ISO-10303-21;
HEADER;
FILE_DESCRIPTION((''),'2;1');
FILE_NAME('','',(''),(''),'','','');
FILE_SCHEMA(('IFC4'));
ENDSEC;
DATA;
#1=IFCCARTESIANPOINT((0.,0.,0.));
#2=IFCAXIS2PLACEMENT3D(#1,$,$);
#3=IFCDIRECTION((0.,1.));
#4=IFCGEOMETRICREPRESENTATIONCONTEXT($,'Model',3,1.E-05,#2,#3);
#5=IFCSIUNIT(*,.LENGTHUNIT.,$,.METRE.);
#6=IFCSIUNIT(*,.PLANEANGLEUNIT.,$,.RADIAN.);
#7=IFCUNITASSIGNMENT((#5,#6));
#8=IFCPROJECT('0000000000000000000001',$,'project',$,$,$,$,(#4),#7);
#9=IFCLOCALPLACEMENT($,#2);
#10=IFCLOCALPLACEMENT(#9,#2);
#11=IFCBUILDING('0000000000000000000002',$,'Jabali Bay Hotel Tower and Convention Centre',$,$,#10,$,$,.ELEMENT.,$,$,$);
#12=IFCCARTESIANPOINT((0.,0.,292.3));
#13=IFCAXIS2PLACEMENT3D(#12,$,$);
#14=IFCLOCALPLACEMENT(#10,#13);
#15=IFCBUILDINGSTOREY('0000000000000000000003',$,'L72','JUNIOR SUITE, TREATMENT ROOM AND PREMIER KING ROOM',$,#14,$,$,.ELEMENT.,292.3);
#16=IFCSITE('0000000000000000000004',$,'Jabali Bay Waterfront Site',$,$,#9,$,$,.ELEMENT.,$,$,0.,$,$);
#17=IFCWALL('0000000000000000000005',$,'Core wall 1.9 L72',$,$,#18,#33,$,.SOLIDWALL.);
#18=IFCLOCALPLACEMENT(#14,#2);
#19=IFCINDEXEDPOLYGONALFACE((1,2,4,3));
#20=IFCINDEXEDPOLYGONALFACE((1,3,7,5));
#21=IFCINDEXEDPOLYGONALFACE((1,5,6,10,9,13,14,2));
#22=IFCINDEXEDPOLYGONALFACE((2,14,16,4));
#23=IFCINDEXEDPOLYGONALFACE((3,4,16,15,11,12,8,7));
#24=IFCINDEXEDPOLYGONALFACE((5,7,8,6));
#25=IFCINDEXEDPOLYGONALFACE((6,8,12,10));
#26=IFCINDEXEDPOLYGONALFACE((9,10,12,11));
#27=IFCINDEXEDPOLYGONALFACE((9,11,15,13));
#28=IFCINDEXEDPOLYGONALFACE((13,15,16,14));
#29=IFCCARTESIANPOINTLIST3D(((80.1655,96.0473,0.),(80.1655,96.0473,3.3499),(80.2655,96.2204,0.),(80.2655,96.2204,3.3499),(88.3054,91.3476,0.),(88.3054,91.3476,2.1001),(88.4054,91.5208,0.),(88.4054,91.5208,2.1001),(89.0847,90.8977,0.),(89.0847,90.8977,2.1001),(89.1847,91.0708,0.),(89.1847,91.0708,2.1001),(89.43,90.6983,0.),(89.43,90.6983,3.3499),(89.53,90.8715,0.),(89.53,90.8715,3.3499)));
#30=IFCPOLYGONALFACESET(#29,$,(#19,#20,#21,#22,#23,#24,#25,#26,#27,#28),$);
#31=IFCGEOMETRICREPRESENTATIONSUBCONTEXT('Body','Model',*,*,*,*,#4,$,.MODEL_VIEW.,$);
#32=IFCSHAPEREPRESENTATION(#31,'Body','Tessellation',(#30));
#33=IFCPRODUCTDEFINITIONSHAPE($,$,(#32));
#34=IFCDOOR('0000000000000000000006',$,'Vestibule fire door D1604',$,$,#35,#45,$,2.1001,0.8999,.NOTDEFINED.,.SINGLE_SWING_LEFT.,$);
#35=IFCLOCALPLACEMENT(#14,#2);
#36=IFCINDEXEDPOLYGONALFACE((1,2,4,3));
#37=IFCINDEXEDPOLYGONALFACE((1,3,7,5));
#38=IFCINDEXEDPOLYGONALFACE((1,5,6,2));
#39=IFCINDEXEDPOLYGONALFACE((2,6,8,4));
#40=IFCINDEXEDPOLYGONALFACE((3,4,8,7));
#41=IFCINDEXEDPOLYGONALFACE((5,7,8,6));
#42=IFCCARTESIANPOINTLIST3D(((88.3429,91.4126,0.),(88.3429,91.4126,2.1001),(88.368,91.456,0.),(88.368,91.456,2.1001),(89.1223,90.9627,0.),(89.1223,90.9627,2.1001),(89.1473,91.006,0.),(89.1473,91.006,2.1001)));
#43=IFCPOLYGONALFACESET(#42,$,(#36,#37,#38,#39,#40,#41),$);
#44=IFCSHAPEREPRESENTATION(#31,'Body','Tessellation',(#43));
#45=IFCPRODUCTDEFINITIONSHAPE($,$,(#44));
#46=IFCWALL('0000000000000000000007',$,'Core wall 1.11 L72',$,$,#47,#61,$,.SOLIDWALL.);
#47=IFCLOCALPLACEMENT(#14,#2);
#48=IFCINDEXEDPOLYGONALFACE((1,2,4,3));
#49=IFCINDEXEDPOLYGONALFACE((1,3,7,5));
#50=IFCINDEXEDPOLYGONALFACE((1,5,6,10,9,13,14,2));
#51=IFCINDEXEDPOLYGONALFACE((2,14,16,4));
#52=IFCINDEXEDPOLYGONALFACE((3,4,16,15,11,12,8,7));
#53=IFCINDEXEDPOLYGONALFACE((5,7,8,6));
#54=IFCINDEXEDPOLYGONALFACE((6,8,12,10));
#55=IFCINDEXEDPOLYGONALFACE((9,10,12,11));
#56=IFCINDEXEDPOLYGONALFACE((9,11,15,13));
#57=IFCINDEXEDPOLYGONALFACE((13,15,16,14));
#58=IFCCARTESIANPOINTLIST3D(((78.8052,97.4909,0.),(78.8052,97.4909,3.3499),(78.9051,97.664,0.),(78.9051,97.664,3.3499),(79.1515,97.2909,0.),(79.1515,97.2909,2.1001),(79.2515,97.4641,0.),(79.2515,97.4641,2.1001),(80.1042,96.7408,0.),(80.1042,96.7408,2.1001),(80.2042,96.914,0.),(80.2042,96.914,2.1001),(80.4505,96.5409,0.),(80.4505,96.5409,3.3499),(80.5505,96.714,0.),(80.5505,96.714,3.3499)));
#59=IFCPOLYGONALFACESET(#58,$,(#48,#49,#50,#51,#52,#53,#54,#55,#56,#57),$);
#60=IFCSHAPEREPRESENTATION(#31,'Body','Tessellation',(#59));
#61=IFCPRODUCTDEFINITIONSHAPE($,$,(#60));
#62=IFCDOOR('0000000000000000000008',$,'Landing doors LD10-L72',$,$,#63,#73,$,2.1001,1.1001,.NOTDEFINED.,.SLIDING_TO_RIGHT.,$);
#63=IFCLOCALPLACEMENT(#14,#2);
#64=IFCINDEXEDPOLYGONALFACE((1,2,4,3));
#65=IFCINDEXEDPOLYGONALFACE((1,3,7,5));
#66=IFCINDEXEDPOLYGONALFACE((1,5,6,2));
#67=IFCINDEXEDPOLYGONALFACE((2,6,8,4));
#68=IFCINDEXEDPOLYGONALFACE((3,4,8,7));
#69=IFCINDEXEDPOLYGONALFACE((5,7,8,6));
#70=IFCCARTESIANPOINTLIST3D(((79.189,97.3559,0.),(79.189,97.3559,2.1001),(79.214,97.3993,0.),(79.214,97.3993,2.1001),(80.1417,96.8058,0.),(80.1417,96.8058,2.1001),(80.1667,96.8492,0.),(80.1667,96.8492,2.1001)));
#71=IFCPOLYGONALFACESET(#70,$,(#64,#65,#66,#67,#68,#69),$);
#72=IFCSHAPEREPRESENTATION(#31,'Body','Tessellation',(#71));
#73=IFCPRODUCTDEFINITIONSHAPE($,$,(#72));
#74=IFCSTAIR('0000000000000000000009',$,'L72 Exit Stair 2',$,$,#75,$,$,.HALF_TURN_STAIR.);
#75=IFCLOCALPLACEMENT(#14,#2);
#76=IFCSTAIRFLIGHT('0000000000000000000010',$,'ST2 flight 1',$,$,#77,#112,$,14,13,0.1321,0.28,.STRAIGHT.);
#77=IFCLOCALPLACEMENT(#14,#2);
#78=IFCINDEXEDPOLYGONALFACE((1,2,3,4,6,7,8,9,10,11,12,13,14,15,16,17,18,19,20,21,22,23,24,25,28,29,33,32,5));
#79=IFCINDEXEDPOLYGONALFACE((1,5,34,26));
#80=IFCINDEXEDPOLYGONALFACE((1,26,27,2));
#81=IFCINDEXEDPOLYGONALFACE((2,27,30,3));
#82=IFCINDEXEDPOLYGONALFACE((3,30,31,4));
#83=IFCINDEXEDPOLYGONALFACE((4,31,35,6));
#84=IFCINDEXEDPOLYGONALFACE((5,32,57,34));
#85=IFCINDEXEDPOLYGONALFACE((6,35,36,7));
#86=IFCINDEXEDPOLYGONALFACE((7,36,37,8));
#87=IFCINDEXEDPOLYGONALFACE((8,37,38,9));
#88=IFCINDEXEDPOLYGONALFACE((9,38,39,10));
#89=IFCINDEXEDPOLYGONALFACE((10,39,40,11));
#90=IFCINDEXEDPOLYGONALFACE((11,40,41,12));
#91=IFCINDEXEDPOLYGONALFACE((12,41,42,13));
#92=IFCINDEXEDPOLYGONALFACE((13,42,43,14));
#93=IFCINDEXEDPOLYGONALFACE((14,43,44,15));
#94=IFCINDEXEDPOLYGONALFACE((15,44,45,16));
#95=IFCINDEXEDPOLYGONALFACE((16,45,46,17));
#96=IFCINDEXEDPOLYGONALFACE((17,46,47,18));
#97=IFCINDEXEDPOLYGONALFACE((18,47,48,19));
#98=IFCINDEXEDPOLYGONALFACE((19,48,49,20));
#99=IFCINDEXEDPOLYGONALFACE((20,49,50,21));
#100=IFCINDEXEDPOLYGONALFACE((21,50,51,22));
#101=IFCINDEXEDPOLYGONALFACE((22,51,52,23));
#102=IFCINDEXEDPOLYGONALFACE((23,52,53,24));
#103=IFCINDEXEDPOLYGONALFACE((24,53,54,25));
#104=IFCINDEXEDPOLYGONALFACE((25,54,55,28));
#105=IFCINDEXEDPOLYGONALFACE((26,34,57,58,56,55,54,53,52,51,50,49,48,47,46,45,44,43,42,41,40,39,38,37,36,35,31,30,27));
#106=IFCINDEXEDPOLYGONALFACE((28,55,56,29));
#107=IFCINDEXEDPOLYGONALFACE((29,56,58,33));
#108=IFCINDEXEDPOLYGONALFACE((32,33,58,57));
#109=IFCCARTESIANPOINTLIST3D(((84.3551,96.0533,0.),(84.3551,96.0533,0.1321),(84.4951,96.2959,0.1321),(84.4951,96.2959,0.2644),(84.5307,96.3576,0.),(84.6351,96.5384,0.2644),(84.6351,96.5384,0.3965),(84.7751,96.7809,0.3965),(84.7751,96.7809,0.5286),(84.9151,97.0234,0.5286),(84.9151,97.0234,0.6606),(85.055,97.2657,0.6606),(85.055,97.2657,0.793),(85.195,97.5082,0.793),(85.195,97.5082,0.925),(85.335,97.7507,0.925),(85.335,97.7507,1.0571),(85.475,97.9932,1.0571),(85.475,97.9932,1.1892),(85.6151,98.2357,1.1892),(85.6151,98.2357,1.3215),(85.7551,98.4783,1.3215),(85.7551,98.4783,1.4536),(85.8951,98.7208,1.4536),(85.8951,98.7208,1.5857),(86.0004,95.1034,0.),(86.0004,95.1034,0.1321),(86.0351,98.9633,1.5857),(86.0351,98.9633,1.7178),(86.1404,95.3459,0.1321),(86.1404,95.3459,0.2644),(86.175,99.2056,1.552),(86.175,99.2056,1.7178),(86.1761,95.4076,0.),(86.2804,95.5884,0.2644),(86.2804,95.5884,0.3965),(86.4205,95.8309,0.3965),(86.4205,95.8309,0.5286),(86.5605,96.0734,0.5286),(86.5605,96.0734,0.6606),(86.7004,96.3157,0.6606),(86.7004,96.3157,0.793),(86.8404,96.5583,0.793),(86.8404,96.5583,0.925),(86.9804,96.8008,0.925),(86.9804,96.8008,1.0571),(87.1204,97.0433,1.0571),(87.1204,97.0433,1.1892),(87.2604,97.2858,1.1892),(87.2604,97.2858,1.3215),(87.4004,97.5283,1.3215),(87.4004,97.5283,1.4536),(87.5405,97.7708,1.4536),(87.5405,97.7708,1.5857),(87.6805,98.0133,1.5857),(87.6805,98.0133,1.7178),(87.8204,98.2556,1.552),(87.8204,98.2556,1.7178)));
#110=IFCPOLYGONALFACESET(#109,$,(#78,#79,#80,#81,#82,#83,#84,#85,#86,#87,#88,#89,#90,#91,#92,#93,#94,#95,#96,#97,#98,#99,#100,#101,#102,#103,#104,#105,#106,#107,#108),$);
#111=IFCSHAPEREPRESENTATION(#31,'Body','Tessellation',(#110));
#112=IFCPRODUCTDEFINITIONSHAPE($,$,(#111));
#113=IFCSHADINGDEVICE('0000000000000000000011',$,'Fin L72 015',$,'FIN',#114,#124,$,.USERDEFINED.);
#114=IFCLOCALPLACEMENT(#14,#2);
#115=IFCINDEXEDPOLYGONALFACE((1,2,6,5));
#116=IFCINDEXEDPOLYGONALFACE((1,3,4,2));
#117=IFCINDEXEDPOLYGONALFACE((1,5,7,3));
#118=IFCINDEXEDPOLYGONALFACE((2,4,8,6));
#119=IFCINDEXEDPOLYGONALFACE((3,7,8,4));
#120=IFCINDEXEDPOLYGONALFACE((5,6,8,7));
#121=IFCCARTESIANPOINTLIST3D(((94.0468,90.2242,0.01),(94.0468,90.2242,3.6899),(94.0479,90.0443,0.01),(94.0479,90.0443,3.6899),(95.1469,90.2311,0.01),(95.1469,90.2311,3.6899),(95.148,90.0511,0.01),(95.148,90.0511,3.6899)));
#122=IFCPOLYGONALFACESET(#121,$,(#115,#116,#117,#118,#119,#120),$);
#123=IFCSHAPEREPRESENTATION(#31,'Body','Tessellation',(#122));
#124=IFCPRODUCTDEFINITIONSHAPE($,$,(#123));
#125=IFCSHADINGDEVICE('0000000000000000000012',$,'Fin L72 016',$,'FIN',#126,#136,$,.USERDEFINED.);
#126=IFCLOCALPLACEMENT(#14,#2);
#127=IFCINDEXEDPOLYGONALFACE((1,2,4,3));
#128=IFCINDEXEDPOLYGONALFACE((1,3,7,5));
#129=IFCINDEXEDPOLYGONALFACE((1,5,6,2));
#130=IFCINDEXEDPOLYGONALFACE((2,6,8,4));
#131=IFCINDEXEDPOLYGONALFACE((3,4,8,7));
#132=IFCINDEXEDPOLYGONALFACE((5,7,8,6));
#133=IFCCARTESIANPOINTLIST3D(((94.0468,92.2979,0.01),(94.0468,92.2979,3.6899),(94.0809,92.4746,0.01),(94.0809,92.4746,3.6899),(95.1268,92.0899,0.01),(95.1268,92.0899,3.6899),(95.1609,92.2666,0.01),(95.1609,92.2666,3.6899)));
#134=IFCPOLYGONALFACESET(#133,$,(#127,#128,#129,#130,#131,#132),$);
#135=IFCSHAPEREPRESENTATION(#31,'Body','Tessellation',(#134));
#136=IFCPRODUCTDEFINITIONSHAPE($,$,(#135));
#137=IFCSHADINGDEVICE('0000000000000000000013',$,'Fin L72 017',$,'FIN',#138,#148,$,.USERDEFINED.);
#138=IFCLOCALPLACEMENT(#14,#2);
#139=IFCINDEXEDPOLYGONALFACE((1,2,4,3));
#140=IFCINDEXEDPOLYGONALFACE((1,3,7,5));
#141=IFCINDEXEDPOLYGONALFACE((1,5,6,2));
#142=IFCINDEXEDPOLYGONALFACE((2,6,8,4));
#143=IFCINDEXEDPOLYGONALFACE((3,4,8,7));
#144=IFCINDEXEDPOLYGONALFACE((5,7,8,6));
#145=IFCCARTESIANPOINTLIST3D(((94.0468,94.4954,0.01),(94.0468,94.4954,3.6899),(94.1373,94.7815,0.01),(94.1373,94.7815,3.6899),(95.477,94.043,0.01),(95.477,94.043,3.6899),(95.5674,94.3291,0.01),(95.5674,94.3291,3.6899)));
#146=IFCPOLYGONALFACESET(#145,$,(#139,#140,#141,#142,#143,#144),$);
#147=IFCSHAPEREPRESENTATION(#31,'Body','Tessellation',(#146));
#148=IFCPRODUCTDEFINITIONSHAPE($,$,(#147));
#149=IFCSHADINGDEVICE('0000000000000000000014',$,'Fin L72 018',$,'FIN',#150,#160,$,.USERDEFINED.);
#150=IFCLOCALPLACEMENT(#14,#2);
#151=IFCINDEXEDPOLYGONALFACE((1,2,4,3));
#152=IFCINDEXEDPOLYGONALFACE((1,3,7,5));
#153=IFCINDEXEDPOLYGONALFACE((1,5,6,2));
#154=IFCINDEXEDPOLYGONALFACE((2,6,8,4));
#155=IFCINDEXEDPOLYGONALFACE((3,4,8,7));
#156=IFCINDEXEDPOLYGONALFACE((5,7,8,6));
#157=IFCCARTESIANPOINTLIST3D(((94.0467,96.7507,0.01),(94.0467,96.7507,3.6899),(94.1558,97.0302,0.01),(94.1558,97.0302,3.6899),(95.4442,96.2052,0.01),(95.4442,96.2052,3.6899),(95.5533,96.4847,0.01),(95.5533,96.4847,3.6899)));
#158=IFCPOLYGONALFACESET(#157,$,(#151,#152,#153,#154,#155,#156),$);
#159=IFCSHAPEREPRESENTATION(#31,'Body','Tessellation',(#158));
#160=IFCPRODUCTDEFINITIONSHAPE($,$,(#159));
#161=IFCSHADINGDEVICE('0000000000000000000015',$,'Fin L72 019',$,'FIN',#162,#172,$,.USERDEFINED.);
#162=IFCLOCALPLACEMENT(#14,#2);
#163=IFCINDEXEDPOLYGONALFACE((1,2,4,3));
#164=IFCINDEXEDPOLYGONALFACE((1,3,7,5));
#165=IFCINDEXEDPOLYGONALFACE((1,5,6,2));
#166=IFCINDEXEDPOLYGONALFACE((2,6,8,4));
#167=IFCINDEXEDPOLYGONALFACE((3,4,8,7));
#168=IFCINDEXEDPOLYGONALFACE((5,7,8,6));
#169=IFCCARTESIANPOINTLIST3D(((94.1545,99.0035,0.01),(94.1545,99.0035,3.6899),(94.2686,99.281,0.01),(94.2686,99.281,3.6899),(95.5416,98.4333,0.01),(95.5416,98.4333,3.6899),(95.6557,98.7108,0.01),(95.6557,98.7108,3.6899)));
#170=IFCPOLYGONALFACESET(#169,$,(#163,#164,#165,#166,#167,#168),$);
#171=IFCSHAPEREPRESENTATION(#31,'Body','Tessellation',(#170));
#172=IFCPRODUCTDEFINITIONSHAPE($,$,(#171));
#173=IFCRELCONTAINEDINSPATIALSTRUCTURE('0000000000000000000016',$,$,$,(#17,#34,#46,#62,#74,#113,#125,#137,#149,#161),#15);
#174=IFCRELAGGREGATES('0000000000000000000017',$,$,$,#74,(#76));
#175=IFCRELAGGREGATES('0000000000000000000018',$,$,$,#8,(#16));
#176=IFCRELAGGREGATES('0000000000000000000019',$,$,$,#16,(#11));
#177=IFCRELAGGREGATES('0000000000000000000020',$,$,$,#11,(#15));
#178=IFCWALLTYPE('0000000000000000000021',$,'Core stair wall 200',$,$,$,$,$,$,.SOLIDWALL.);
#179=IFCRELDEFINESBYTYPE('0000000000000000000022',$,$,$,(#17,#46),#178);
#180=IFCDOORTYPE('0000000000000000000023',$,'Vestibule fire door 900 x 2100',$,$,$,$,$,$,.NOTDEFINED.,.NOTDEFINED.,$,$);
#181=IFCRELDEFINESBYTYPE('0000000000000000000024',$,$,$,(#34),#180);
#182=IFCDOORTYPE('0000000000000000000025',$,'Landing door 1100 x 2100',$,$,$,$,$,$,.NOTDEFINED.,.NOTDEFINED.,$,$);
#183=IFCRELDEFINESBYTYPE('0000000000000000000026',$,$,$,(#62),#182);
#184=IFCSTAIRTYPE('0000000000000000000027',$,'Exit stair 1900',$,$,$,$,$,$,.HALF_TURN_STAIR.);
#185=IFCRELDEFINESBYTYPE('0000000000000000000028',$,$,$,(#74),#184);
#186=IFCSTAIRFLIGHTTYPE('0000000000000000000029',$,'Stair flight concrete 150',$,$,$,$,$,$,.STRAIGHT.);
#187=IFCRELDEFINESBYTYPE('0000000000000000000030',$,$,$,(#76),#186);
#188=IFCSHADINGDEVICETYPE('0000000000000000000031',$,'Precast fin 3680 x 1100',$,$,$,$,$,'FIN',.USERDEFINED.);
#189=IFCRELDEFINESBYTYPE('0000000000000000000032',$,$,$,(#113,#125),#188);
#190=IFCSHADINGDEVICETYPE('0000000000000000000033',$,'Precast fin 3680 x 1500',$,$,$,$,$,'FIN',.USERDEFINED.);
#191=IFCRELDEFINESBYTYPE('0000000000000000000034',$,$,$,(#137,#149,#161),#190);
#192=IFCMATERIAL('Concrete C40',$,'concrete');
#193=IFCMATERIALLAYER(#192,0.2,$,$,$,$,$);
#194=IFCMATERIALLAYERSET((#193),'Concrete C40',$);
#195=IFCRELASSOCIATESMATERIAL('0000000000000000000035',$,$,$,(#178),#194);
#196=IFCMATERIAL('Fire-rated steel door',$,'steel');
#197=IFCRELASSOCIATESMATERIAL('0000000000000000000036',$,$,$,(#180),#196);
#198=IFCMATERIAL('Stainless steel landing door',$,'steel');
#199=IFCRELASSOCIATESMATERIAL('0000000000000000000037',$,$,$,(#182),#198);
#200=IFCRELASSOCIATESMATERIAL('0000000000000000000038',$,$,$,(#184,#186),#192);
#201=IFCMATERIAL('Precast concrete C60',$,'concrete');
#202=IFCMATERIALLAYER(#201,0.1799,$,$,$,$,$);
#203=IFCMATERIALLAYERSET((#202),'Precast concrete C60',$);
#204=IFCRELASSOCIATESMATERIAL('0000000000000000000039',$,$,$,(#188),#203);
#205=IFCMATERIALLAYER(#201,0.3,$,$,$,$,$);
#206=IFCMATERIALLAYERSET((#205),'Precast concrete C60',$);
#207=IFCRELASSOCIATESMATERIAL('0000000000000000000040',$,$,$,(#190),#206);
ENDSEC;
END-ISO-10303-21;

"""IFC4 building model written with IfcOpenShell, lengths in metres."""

from ifc_helpers import new_model, si_unit, direction, frame, frame_2d, origin, place, context, subcontext, project, spatial, polyline, rectangle, outline, extrude, material, layer, layer_set, type_object, element, fill, aggregate, save


model = new_model("IFC4")

# Units and contexts
model_context = context("Model", 3, precision=1e-05, world=origin(), true_north=direction((0.0, 1.0)))
body_context = subcontext(model_context, "Body", "Model", "MODEL_VIEW")
ifc_project = project(units=[si_unit("LENGTHUNIT", "METRE"), si_unit("PLANEANGLEUNIT", "RADIAN")], contexts=[model_context])

# Site, building, storey
site_placement = place(None, origin())
site = spatial("IfcSite", under=ifc_project, at=site_placement, Name="Jabali Bay Waterfront Site", CompositionType="ELEMENT", RefElevation=0.0)
building_placement = place(site_placement, origin())
building = spatial("IfcBuilding", under=site, at=building_placement, Name="Jabali Bay Hotel Tower and Convention Centre", CompositionType="ELEMENT")
storey_placement = place(building_placement, frame((0.0, 0.0, 292.3)))
storey = spatial("IfcBuildingStorey", under=building, at=storey_placement, Name="L72", Description="JUNIOR SUITE, TREATMENT ROOM AND PREMIER KING ROOM", CompositionType="ELEMENT", Elevation=292.3)

# Shared definitions
ifc_material_1 = material(Name="Fire-rated steel door", Category="steel")

# Shared definitions
ifc_material_2 = material(Name="Concrete C40", Category="concrete")
ifc_layer_1 = layer(ifc_material_2, 0.2)
ifc_layer_set_1 = layer_set([ifc_layer_1], Name="Concrete C40")
wall_type_1 = type_object("IfcWallType", Name="Core stair wall 200", PredefinedType="SOLIDWALL", material=ifc_layer_set_1)

# Walls, openings, doors
wall_1_placement = place(storey_placement, frame((89.48, 90.7849, 0.0), z_axis=(0.0, 0.0, 1.0), x_axis=(-0.866023, 0.500005, 0.0)))
wall_1 = element("IfcWall", 1, at=wall_1_placement, inside=storey, type_object=wall_type_1, Name="Core wall 1.9 L72", PredefinedType="SOLIDWALL", context=body_context, shape_type="SweptSolid", body=[
    extrude(rectangle(XDim=10.6978, YDim=0.2, at=frame_2d((5.3489, 0.0))), origin(), (0.0, 0.0, 1.0), 3.3499),
])
opening_1_placement = place(wall_1_placement, frame((0.3987, 0.0, 0.0)))
opening_1 = element("IfcOpeningElement", 2, at=opening_1_placement, cuts=wall_1, PredefinedType="OPENING", context=body_context, shape_type="SweptSolid", body=[
    extrude(rectangle(XDim=0.8999, YDim=2.1001, at=frame_2d((0.45, 1.05))), frame((0.0, 0.1104, 0.0), z_axis=(0.0, -1.0, 0.0), x_axis=(1.0, 0.0, 0.0)), (0.0, 0.0, 1.0), 0.2209),
])
door_type_1 = type_object("IfcDoorType", Name="Vestibule fire door 900 x 2100", OperationType="NOTDEFINED", PredefinedType="NOTDEFINED", material=ifc_material_1)
door_1_placement = place(opening_1_placement, origin())
door_1 = element("IfcDoor", 3, at=door_1_placement, inside=storey, type_object=door_type_1, Name="Vestibule fire door D1604", OperationType="SINGLE_SWING_LEFT", OverallHeight=2.1001, OverallWidth=0.8999, PredefinedType="NOTDEFINED", context=body_context, shape_type="SweptSolid", body=[
    extrude(rectangle(XDim=0.8999, YDim=2.1001, at=frame_2d((0.45, 1.05))), frame((0.0, 0.0249, 0.0), z_axis=(0.0, -1.0, 0.0), x_axis=(1.0, 0.0, 0.0)), (0.0, 0.0, 1.0), 0.05),
])
fill(opening_1, door_1)
wall_2_placement = place(storey_placement, frame((80.5005, 96.6274, 0.0), z_axis=(0.0, 0.0, 1.0), x_axis=(-0.866012, 0.500023, 0.0)))
wall_2 = element("IfcWall", 4, at=wall_2_placement, inside=storey, type_object=wall_type_1, Name="Core wall 1.11 L72", PredefinedType="SOLIDWALL", context=body_context, shape_type="SweptSolid", body=[
    extrude(rectangle(XDim=1.8999, YDim=0.2, at=frame_2d((0.95, 0.0))), origin(), (0.0, 0.0, 1.0), 3.3499),
])
opening_2_placement = place(wall_2_placement, frame((0.3999, 0.0, 0.0)))
opening_2 = element("IfcOpeningElement", 5, at=opening_2_placement, cuts=wall_2, PredefinedType="OPENING", context=body_context, shape_type="SweptSolid", body=[
    extrude(rectangle(XDim=1.1001, YDim=2.1001, at=frame_2d((0.55, 1.05))), frame((0.0, 0.1104, 0.0), z_axis=(0.0, -1.0, 0.0), x_axis=(1.0, 0.0, 0.0)), (0.0, 0.0, 1.0), 0.2209),
])
ifc_material_3 = material(Name="Stainless steel landing door", Category="steel")
door_type_2 = type_object("IfcDoorType", Name="Landing door 1100 x 2100", OperationType="NOTDEFINED", PredefinedType="NOTDEFINED", material=ifc_material_3)
door_2_placement = place(opening_2_placement, origin())
door_2 = element("IfcDoor", 6, at=door_2_placement, inside=storey, type_object=door_type_2, Name="Landing doors LD10-L72", OperationType="SLIDING_TO_RIGHT", OverallHeight=2.1001, OverallWidth=1.1001, PredefinedType="NOTDEFINED", context=body_context, shape_type="SweptSolid", body=[
    extrude(rectangle(XDim=1.1001, YDim=2.1001, at=frame_2d((0.55, 1.05))), frame((0.0, 0.0249, 0.0), z_axis=(0.0, -1.0, 0.0), x_axis=(1.0, 0.0, 0.0)), (0.0, 0.0, 1.0), 0.05),
])
fill(opening_2, door_2)

# Stair, stair flight
stair_type = type_object("IfcStairType", Name="Exit stair 1900", PredefinedType="HALF_TURN_STAIR", material=ifc_material_2)
stair_placement = place(storey_placement, origin())
stair = element("IfcStair", 7, at=stair_placement, inside=storey, type_object=stair_type, Name="L72 Exit Stair 2", PredefinedType="HALF_TURN_STAIR")
stair_flight_type = type_object("IfcStairFlightType", Name="Stair flight concrete 150", PredefinedType="STRAIGHT", material=ifc_material_2)
stair_flight_placement = place(storey_placement, frame((85.1777, 95.5784, 0.0), z_axis=(0.0, 0.0, 1.0), x_axis=(0.5, 0.866025, 0.0)))
stair_flight = element("IfcStairFlight", 8, at=stair_flight_placement, type_object=stair_flight_type, Name="ST2 flight 1", NumberOfRisers=14, NumberOfTreads=13, PredefinedType="STRAIGHT", RiserHeight=0.1321, TreadLength=0.28, context=body_context, shape_type="SweptSolid", body=[
    extrude(outline(polyline([(0.0, 0.0), (0.0, 0.1321), (0.28, 0.1321), (0.28, 0.2644), (0.5601, 0.2644), (0.5601, 0.3965), (0.8401, 0.3965), (0.8401, 0.5286), (1.1201, 0.5286), (1.1201, 0.6606), (1.3999, 0.6606), (1.3999, 0.793), (1.6799, 0.793), (1.6799, 0.925), (1.96, 0.925), (1.96, 1.0571), (2.24, 1.0571), (2.24, 1.1892), (2.52, 1.1892), (2.52, 1.3215), (2.8, 1.3215), (2.8, 1.4536), (3.0801, 1.4536), (3.0801, 1.5857), (3.3601, 1.5857), (3.3601, 1.7178), (3.6399, 1.7178), (3.6399, 1.8501), (3.6399, 1.552), (0.3513, 0.0), (0.0, 0.0)])), frame((0.0, 0.95, 0.0), z_axis=(0.0, -1.0, 0.0), x_axis=(1.0, 0.0, 0.0)), (0.0, 0.0, 1.0), 1.8999),
])
aggregate(stair, [stair_flight])

# Shading devices
ifc_material_4 = material(Name="Precast concrete C60", Category="concrete")
ifc_layer_2 = layer(ifc_material_4, 0.1799)
ifc_layer_set_2 = layer_set([ifc_layer_2], Name="Precast concrete C60")
shading_device_type_1 = type_object("IfcShadingDeviceType", Name="Precast fin 3680 x 1100", ElementType="FIN", PredefinedType="USERDEFINED", material=ifc_layer_set_2)
shading_device_1_placement = place(storey_placement, frame((94.0474, 90.1343, 0.01), z_axis=(0.0, 0.0, 1.0), x_axis=(0.999981, 0.006214, 0.0)))
element("IfcShadingDevice", 9, at=shading_device_1_placement, inside=storey, type_object=shading_device_type_1, Name="Fin L72 015", ObjectType="FIN", PredefinedType="USERDEFINED", context=body_context, shape_type="SweptSolid", body=[
    extrude(rectangle(XDim=1.1001, YDim=0.1799, at=frame_2d((0.55, 0.0))), origin(), (0.0, 0.0, 1.0), 3.6799),
])
shading_device_2_placement = place(storey_placement, frame((94.064, 92.3862, 0.01), z_axis=(0.0, 0.0, 1.0), x_axis=(0.981956, -0.189111, 0.0)))
element("IfcShadingDevice", 10, at=shading_device_2_placement, inside=storey, type_object=shading_device_type_1, Name="Fin L72 016", ObjectType="FIN", PredefinedType="USERDEFINED", context=body_context, shape_type="SweptSolid", body=[
    extrude(rectangle(XDim=1.0999, YDim=0.1799, at=frame_2d((0.5498, 0.0))), origin(), (0.0, 0.0, 1.0), 3.6799),
])
ifc_layer_3 = layer(ifc_material_4, 0.3)
ifc_layer_set_3 = layer_set([ifc_layer_3], Name="Precast concrete C60")
shading_device_type_2 = type_object("IfcShadingDeviceType", Name="Precast fin 3680 x 1500", ElementType="FIN", PredefinedType="USERDEFINED", material=ifc_layer_set_3)
shading_device_3_placement = place(storey_placement, frame((94.092, 94.6384, 0.01), z_axis=(0.0, 0.0, 1.0), x_axis=(0.953437, -0.301591, 0.0)))
element("IfcShadingDevice", 11, at=shading_device_3_placement, inside=storey, type_object=shading_device_type_2, Name="Fin L72 017", ObjectType="FIN", PredefinedType="USERDEFINED", context=body_context, shape_type="SweptSolid", body=[
    extrude(rectangle(XDim=1.5, YDim=0.3, at=frame_2d((0.75, 0.0))), origin(), (0.0, 0.0, 1.0), 3.6799),
])
shading_device_4_placement = place(storey_placement, frame((94.1013, 96.8904, 0.01), z_axis=(0.0, 0.0, 1.0), x_axis=(0.931564, -0.363577, 0.0)))
element("IfcShadingDevice", 12, at=shading_device_4_placement, inside=storey, type_object=shading_device_type_2, Name="Fin L72 018", ObjectType="FIN", PredefinedType="USERDEFINED", context=body_context, shape_type="SweptSolid", body=[
    extrude(rectangle(XDim=1.5002, YDim=0.3, at=frame_2d((0.75, 0.0))), origin(), (0.0, 0.0, 1.0), 3.6799),
])
shading_device_5_placement = place(storey_placement, frame((94.2114, 99.1423, 0.01), z_axis=(0.0, 0.0, 1.0), x_axis=(0.924887, -0.380242, 0.0)))
element("IfcShadingDevice", 13, at=shading_device_5_placement, inside=storey, type_object=shading_device_type_2, Name="Fin L72 019", ObjectType="FIN", PredefinedType="USERDEFINED", context=body_context, shape_type="SweptSolid", body=[
    extrude(rectangle(XDim=1.4998, YDim=0.3, at=frame_2d((0.75, 0.0))), origin(), (0.0, 0.0, 1.0), 3.6799),
])

save(model, "model.ifc")
